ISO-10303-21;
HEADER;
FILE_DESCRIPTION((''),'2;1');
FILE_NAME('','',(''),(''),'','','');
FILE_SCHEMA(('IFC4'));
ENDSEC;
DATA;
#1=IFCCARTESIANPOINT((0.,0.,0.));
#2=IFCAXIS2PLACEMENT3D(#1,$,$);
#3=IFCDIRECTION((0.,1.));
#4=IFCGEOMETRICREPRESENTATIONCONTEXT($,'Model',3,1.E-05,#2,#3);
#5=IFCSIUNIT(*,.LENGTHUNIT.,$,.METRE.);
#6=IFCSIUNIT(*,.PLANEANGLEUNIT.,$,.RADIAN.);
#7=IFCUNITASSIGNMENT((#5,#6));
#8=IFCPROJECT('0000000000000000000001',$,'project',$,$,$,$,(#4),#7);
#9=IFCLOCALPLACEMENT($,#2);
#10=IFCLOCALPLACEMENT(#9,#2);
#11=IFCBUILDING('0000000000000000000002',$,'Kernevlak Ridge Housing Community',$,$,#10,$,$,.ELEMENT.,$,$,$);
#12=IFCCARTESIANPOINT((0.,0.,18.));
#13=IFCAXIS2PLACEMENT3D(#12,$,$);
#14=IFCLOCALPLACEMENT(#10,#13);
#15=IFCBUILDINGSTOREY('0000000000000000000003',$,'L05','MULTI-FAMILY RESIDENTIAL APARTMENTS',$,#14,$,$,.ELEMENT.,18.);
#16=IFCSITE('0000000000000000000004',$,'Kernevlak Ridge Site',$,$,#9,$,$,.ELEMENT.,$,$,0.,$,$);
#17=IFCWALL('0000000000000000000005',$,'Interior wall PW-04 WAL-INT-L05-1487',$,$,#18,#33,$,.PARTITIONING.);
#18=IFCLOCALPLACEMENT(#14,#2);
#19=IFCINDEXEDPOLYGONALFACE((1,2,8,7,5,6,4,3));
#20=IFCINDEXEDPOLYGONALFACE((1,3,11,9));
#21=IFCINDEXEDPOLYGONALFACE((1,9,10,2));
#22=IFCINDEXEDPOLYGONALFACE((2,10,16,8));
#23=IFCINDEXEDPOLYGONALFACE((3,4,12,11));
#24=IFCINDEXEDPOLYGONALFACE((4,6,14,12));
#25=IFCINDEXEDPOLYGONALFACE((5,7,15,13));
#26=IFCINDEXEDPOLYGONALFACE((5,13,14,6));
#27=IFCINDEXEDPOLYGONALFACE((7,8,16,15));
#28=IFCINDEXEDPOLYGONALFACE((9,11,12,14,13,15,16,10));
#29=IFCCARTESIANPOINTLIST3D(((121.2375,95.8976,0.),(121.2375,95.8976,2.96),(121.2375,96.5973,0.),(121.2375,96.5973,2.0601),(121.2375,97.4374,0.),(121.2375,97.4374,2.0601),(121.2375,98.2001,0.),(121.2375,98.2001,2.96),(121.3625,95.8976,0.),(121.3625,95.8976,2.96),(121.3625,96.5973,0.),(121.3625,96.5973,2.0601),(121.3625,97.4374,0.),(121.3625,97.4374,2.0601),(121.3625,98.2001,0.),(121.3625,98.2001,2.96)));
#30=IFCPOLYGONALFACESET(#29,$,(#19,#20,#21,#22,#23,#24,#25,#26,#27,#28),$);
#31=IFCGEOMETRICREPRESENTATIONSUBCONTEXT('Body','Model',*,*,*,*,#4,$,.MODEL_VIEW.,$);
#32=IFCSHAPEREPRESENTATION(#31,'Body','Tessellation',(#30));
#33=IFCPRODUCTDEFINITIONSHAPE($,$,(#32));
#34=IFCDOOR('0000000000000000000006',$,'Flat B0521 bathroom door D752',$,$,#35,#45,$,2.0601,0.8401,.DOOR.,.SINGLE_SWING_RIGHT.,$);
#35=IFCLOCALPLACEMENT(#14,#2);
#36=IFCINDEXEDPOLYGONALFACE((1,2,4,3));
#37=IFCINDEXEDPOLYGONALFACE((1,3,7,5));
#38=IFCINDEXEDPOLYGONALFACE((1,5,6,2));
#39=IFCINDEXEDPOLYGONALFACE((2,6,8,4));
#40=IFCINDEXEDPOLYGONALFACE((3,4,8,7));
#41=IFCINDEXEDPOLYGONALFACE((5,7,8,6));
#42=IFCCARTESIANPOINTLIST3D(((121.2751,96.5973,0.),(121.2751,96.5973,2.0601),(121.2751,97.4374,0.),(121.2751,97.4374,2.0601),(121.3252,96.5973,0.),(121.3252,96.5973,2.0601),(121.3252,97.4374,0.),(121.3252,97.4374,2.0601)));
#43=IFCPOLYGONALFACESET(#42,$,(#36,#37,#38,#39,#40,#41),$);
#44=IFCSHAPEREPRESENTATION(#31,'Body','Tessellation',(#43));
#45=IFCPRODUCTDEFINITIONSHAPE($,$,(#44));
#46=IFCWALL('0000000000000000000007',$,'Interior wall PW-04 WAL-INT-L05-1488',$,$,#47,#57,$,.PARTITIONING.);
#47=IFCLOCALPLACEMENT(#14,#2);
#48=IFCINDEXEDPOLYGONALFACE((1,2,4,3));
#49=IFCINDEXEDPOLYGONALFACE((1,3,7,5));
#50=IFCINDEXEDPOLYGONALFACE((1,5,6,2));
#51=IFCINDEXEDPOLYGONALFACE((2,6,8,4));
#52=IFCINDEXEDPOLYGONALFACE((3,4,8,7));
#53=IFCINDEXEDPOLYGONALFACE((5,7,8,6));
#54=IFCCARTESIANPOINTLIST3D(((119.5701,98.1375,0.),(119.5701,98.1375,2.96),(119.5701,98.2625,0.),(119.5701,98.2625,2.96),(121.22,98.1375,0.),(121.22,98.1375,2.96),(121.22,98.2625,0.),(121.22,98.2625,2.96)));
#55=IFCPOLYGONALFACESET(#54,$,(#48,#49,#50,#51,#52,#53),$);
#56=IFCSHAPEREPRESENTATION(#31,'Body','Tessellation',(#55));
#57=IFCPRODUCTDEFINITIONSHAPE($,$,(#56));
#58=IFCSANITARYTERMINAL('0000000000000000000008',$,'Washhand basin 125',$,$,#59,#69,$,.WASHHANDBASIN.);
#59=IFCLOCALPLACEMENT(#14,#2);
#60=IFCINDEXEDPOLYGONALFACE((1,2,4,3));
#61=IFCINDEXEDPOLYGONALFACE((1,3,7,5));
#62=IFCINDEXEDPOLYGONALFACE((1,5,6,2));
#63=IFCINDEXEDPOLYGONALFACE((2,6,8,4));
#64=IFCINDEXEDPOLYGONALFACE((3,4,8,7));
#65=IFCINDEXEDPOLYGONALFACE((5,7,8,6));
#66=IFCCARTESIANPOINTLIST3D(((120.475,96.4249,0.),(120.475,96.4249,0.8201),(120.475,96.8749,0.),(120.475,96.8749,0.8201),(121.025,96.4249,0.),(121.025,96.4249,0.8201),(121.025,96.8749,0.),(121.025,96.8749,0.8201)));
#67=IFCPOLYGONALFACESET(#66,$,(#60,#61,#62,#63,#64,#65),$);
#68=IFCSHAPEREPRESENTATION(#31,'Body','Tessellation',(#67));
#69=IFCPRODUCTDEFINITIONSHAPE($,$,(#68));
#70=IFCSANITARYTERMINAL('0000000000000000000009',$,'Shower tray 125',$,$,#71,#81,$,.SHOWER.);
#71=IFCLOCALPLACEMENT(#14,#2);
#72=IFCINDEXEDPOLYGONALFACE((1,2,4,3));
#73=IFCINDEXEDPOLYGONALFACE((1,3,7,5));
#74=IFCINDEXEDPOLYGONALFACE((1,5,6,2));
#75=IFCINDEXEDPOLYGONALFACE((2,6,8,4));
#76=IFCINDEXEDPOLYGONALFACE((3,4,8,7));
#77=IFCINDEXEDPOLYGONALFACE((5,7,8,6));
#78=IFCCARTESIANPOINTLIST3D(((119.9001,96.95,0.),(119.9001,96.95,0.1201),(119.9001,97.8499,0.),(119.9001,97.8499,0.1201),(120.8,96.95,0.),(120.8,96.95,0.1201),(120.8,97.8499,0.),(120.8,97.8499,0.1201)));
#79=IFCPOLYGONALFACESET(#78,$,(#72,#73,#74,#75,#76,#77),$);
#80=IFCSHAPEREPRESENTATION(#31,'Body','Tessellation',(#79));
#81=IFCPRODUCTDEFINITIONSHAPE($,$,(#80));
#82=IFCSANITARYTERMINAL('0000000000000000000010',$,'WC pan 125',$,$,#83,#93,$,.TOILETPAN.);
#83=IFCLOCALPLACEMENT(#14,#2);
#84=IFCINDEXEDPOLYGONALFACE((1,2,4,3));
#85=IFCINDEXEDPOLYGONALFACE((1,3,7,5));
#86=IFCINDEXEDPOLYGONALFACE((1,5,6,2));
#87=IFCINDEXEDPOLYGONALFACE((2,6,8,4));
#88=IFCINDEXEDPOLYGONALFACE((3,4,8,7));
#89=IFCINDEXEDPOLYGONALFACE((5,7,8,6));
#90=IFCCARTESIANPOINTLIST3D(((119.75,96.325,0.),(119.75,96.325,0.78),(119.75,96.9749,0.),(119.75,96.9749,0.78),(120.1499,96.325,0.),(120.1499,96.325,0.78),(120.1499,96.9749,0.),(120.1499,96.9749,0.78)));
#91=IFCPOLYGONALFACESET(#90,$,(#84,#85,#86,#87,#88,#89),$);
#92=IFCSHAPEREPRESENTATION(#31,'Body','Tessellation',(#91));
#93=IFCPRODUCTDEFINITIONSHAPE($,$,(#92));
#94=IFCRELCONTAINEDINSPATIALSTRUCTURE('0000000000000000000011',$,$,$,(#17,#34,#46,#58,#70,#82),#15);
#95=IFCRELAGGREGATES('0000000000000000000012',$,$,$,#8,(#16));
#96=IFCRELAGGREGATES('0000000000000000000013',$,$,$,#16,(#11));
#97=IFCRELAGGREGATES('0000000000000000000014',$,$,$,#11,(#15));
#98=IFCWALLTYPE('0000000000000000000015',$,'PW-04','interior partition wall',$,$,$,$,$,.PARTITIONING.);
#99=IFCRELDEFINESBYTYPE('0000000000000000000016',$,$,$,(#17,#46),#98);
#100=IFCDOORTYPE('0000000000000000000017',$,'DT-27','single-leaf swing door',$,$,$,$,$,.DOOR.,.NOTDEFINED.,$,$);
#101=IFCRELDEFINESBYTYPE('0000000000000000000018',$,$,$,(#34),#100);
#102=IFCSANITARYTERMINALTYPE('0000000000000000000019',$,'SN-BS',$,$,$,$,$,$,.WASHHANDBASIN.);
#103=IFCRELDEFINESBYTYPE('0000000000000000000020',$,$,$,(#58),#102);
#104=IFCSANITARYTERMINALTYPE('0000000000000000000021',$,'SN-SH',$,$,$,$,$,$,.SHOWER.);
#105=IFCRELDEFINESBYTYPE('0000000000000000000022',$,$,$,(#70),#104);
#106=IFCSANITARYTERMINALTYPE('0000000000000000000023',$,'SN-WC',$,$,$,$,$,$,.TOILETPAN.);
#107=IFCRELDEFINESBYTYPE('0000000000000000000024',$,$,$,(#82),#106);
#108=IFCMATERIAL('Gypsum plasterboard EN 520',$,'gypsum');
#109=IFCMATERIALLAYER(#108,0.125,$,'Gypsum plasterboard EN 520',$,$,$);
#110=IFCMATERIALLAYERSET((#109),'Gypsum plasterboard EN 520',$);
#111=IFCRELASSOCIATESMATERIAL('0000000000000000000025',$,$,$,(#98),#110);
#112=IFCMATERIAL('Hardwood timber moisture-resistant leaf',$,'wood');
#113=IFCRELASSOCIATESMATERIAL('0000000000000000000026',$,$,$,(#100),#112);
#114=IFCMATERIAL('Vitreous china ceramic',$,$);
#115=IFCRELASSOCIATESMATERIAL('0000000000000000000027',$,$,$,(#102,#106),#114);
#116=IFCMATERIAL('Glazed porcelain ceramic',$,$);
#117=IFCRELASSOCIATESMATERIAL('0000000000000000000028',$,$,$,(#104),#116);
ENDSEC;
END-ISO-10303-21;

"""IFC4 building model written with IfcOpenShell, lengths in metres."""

from ifc_helpers import new_model, si_unit, direction, frame, frame_2d, origin, origin_2d, place, context, subcontext, project, spatial, rectangle, extrude, material, layer, layer_set, type_object, element, fill, save


model = new_model("IFC4")

# Units and contexts
model_context = context("Model", 3, precision=1e-05, world=origin(), true_north=direction((0.0, 1.0)))
body_context = subcontext(model_context, "Body", "Model", "MODEL_VIEW")
ifc_project = project(units=[si_unit("LENGTHUNIT", "METRE"), si_unit("PLANEANGLEUNIT", "RADIAN")], contexts=[model_context])

# Site, building, storey
site_placement = place(None, origin())
site = spatial("IfcSite", under=ifc_project, at=site_placement, Name="Kernevlak Ridge Site", CompositionType="ELEMENT", RefElevation=0.0)
building_placement = place(site_placement, origin())
building = spatial("IfcBuilding", under=site, at=building_placement, Name="Kernevlak Ridge Housing Community", CompositionType="ELEMENT")
storey_placement = place(building_placement, frame((0.0, 0.0, 18.0)))
storey = spatial("IfcBuildingStorey", under=building, at=storey_placement, Name="L05", Description="MULTI-FAMILY RESIDENTIAL APARTMENTS", CompositionType="ELEMENT", Elevation=18.0)

# Wall, opening, door
ifc_material_1 = material(Name="Gypsum plasterboard EN 520", Category="gypsum")
ifc_layer_1 = layer(ifc_material_1, 0.125, Name="Gypsum plasterboard EN 520")
ifc_layer_set_1 = layer_set([ifc_layer_1], Name="Gypsum plasterboard EN 520")
wall_type_1 = type_object("IfcWallType", Name="PW-04", Description="interior partition wall", PredefinedType="PARTITIONING", material=ifc_layer_set_1)
wall_1_placement = place(storey_placement, frame((121.3, 95.8975, 0.0), z_axis=(0.0, 0.0, 1.0), x_axis=(0.0, 1.0, 0.0)))
wall_1 = element("IfcWall", 1, at=wall_1_placement, inside=storey, type_object=wall_type_1, Name="Interior wall PW-04 WAL-INT-L05-1487", PredefinedType="PARTITIONING", context=body_context, shape_type="SweptSolid", body=[
    extrude(rectangle(XDim=2.3025, YDim=0.125, at=frame_2d((1.1514, 0.0))), origin(), (0.0, 0.0, 1.0), 2.96),
])
opening_1_placement = place(wall_1_placement, frame((0.7, 0.0, 0.0)))
opening_1 = element("IfcOpeningElement", 2, at=opening_1_placement, cuts=wall_1, PredefinedType="OPENING", context=body_context, shape_type="SweptSolid", body=[
    extrude(rectangle(XDim=0.8401, YDim=2.0601, at=frame_2d((0.4199, 1.03))), frame((0.0, 0.0725, 0.0), z_axis=(0.0, -1.0, 0.0), x_axis=(1.0, 0.0, 0.0)), (0.0, 0.0, 1.0), 0.145),
])
ifc_material_2 = material(Name="Hardwood timber moisture-resistant leaf", Category="wood")
door_type_1 = type_object("IfcDoorType", Name="DT-27", Description="single-leaf swing door", OperationType="NOTDEFINED", PredefinedType="DOOR", material=ifc_material_2)
door_1_placement = place(opening_1_placement, origin())
door_1 = element("IfcDoor", 3, at=door_1_placement, inside=storey, type_object=door_type_1, Name="Flat B0521 bathroom door D752", OperationType="SINGLE_SWING_RIGHT", OverallHeight=2.0601, OverallWidth=0.8401, PredefinedType="DOOR", context=body_context, shape_type="SweptSolid", body=[
    extrude(rectangle(XDim=0.8401, YDim=2.0601, at=frame_2d((0.4199, 1.03))), frame((0.0, 0.0249, 0.0), z_axis=(0.0, -1.0, 0.0), x_axis=(1.0, 0.0, 0.0)), (0.0, 0.0, 1.0), 0.05),
])
fill(opening_1, door_1)

# Wall
wall_2_placement = place(storey_placement, frame((119.5701, 98.2, 0.0), z_axis=(0.0, 0.0, 1.0), x_axis=(1.0, 0.0, 0.0)))
element("IfcWall", 4, at=wall_2_placement, inside=storey, type_object=wall_type_1, Name="Interior wall PW-04 WAL-INT-L05-1488", PredefinedType="PARTITIONING", context=body_context, shape_type="SweptSolid", body=[
    extrude(rectangle(XDim=1.6499, YDim=0.125, at=frame_2d((0.825, 0.0))), origin(), (0.0, 0.0, 1.0), 2.96),
])

# Sanitary terminals
ifc_material_3 = material(Name="Vitreous china ceramic")
sanitary_terminal_type_1 = type_object("IfcSanitaryTerminalType", Name="SN-BS", PredefinedType="WASHHANDBASIN", material=ifc_material_3)
sanitary_terminal_1_placement = place(storey_placement, frame((120.75, 96.6499, 0.0), z_axis=(0.0, 0.0, 1.0), x_axis=(1.0, 0.0, 0.0)))
element("IfcSanitaryTerminal", 5, at=sanitary_terminal_1_placement, inside=storey, type_object=sanitary_terminal_type_1, Name="Washhand basin 125", PredefinedType="WASHHANDBASIN", context=body_context, shape_type="SweptSolid", body=[
    extrude(rectangle(XDim=0.55, YDim=0.45, at=origin_2d()), origin(), (0.0, 0.0, 1.0), 0.8201),
])
ifc_material_4 = material(Name="Glazed porcelain ceramic")
sanitary_terminal_type_2 = type_object("IfcSanitaryTerminalType", Name="SN-SH", PredefinedType="SHOWER", material=ifc_material_4)
sanitary_terminal_2_placement = place(storey_placement, frame((120.3501, 97.3999, 0.0), z_axis=(0.0, 0.0, 1.0), x_axis=(1.0, 0.0, 0.0)))
element("IfcSanitaryTerminal", 6, at=sanitary_terminal_2_placement, inside=storey, type_object=sanitary_terminal_type_2, Name="Shower tray 125", PredefinedType="SHOWER", context=body_context, shape_type="SweptSolid", body=[
    extrude(rectangle(XDim=0.8999, YDim=0.8999, at=origin_2d()), origin(), (0.0, 0.0, 1.0), 0.1201),
])
sanitary_terminal_type_3 = type_object("IfcSanitaryTerminalType", Name="SN-WC", PredefinedType="TOILETPAN", material=ifc_material_3)
sanitary_terminal_3_placement = place(storey_placement, frame((119.95, 96.6499, 0.0), z_axis=(0.0, 0.0, 1.0), x_axis=(1.0, 0.0, 0.0)))
element("IfcSanitaryTerminal", 7, at=sanitary_terminal_3_placement, inside=storey, type_object=sanitary_terminal_type_3, Name="WC pan 125", PredefinedType="TOILETPAN", context=body_context, shape_type="SweptSolid", body=[
    extrude(rectangle(XDim=0.3999, YDim=0.6499, at=origin_2d()), origin(), (0.0, 0.0, 1.0), 0.78),
])

save(model, "model.ifc")
